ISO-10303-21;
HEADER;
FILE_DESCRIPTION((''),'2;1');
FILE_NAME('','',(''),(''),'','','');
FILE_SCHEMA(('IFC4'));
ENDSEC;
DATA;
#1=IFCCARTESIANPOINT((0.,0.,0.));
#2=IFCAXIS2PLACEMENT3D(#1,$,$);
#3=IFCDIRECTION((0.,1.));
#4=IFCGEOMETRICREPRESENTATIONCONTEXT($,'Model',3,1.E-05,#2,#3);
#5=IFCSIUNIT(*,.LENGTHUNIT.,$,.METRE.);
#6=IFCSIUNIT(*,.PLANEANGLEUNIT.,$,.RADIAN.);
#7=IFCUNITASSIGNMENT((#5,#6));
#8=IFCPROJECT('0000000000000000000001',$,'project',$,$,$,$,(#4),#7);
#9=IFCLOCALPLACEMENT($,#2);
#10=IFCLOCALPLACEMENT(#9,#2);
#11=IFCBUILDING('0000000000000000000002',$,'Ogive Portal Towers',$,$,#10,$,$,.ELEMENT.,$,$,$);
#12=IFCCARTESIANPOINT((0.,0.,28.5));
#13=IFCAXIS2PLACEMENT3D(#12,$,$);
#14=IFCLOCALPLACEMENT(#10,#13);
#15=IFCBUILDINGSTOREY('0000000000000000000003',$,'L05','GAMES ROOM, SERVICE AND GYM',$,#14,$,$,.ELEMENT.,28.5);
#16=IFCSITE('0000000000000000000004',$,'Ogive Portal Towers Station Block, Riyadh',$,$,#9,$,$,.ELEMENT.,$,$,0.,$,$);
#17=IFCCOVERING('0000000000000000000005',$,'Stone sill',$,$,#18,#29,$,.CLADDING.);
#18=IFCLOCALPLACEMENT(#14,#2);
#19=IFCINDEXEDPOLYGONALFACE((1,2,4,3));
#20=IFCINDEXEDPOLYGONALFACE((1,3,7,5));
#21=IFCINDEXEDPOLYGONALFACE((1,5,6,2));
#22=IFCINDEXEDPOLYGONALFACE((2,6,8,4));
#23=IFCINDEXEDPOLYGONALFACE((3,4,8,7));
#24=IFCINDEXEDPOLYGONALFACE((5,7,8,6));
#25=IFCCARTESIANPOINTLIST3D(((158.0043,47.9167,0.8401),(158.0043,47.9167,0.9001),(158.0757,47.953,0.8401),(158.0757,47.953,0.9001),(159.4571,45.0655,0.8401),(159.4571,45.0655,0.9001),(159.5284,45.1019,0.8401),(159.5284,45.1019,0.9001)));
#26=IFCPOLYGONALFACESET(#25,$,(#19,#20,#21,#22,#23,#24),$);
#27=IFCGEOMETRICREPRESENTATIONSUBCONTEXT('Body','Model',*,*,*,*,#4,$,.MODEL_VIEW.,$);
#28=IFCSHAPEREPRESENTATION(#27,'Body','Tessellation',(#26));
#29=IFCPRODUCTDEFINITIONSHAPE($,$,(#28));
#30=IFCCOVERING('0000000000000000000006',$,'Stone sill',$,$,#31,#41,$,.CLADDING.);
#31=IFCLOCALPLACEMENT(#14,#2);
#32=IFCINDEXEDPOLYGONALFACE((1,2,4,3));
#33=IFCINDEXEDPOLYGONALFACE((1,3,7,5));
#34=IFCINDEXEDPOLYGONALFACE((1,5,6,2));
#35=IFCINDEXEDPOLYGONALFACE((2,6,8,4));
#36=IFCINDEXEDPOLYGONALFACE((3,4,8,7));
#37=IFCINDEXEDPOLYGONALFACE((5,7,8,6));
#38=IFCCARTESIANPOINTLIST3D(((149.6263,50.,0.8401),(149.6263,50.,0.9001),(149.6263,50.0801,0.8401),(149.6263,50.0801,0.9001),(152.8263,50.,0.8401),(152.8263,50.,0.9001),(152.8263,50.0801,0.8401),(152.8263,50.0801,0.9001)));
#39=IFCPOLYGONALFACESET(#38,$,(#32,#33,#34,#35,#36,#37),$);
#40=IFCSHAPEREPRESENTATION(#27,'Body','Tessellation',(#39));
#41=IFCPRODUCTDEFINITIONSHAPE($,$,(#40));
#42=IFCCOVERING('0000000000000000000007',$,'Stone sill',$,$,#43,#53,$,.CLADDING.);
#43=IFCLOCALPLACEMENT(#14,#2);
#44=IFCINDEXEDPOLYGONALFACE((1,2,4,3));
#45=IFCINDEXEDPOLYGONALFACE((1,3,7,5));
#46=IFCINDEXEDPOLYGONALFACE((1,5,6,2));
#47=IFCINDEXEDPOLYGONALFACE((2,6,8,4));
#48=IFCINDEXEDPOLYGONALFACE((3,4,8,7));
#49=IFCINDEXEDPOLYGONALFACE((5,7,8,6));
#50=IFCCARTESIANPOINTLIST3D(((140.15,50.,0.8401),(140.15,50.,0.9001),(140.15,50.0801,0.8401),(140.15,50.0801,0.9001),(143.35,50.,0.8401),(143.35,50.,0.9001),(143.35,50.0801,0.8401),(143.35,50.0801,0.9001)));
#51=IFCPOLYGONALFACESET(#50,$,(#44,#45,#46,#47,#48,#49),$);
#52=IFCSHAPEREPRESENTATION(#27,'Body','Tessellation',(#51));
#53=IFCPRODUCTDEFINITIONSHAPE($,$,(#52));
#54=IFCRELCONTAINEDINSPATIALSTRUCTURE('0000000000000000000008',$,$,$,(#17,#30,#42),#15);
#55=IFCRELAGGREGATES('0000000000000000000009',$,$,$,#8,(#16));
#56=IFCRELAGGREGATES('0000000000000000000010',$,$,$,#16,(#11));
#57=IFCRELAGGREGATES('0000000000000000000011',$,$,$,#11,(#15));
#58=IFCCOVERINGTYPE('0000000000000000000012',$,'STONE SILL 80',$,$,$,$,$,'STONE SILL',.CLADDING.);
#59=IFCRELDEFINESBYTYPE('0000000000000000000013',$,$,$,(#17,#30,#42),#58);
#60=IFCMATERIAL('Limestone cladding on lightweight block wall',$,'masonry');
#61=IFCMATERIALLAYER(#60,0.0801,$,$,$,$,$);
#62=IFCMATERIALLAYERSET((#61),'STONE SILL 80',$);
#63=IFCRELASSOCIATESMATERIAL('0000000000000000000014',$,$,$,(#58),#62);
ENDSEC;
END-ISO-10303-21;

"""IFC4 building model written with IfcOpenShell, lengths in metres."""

from ifc_helpers import new_model, si_unit, direction, frame, origin, origin_2d, place, context, subcontext, project, spatial, rectangle, extrude, material, layer, layer_set, type_object, element, save


model = new_model("IFC4")

# Units and contexts
model_context = context("Model", 3, precision=1e-05, world=origin(), true_north=direction((0.0, 1.0)))
body_context = subcontext(model_context, "Body", "Model", "MODEL_VIEW")
ifc_project = project(units=[si_unit("LENGTHUNIT", "METRE"), si_unit("PLANEANGLEUNIT", "RADIAN")], contexts=[model_context])

# Site, building, storey
site_placement = place(None, origin())
site = spatial("IfcSite", under=ifc_project, at=site_placement, Name="Ogive Portal Towers Station Block, Riyadh", CompositionType="ELEMENT", RefElevation=0.0)
building_placement = place(site_placement, origin())
building = spatial("IfcBuilding", under=site, at=building_placement, Name="Ogive Portal Towers", CompositionType="ELEMENT")
storey_placement = place(building_placement, frame((0.0, 0.0, 28.5)))
storey = spatial("IfcBuildingStorey", under=building, at=storey_placement, Name="L05", Description="GAMES ROOM, SERVICE AND GYM", CompositionType="ELEMENT", Elevation=28.5)

# Shared definitions
ifc_material_1 = material(Name="Limestone cladding on lightweight block wall", Category="masonry")

# Coverings
ifc_layer_1 = layer(ifc_material_1, 0.0801)
ifc_layer_set_1 = layer_set([ifc_layer_1], Name="STONE SILL 80")
covering_type = type_object("IfcCoveringType", Name="STONE SILL 80", ElementType="STONE SILL", PredefinedType="CLADDING", material=ifc_layer_set_1)
for number, where, z_axis, x_axis, name in (
    (1, (158.7664, 46.5093, 0.8401), (0.0, 0.0, 1.0), (-0.45399, 0.891007, 0.0), "Stone sill"),
    (2, (151.2263, 50.04, 0.8401), (0.0, 0.0, 1.0), (-1.0, 0.0, 0.0), "Stone sill"),
    (3, (141.75, 50.04, 0.8401), (0.0, 0.0, 1.0), (-1.0, 0.0, 0.0), "Stone sill"),
):
    element("IfcCovering", number, at=place(storey_placement, frame(where, z_axis=z_axis, x_axis=x_axis)), inside=storey, type_object=covering_type, Name=name, PredefinedType="CLADDING", context=body_context, shape_type="SweptSolid", body=[
        extrude(rectangle(XDim=3.2, YDim=0.0801, at=origin_2d()), origin(), (0.0, 0.0, 1.0), 0.0601),
    ])

save(model, "model.ifc")
